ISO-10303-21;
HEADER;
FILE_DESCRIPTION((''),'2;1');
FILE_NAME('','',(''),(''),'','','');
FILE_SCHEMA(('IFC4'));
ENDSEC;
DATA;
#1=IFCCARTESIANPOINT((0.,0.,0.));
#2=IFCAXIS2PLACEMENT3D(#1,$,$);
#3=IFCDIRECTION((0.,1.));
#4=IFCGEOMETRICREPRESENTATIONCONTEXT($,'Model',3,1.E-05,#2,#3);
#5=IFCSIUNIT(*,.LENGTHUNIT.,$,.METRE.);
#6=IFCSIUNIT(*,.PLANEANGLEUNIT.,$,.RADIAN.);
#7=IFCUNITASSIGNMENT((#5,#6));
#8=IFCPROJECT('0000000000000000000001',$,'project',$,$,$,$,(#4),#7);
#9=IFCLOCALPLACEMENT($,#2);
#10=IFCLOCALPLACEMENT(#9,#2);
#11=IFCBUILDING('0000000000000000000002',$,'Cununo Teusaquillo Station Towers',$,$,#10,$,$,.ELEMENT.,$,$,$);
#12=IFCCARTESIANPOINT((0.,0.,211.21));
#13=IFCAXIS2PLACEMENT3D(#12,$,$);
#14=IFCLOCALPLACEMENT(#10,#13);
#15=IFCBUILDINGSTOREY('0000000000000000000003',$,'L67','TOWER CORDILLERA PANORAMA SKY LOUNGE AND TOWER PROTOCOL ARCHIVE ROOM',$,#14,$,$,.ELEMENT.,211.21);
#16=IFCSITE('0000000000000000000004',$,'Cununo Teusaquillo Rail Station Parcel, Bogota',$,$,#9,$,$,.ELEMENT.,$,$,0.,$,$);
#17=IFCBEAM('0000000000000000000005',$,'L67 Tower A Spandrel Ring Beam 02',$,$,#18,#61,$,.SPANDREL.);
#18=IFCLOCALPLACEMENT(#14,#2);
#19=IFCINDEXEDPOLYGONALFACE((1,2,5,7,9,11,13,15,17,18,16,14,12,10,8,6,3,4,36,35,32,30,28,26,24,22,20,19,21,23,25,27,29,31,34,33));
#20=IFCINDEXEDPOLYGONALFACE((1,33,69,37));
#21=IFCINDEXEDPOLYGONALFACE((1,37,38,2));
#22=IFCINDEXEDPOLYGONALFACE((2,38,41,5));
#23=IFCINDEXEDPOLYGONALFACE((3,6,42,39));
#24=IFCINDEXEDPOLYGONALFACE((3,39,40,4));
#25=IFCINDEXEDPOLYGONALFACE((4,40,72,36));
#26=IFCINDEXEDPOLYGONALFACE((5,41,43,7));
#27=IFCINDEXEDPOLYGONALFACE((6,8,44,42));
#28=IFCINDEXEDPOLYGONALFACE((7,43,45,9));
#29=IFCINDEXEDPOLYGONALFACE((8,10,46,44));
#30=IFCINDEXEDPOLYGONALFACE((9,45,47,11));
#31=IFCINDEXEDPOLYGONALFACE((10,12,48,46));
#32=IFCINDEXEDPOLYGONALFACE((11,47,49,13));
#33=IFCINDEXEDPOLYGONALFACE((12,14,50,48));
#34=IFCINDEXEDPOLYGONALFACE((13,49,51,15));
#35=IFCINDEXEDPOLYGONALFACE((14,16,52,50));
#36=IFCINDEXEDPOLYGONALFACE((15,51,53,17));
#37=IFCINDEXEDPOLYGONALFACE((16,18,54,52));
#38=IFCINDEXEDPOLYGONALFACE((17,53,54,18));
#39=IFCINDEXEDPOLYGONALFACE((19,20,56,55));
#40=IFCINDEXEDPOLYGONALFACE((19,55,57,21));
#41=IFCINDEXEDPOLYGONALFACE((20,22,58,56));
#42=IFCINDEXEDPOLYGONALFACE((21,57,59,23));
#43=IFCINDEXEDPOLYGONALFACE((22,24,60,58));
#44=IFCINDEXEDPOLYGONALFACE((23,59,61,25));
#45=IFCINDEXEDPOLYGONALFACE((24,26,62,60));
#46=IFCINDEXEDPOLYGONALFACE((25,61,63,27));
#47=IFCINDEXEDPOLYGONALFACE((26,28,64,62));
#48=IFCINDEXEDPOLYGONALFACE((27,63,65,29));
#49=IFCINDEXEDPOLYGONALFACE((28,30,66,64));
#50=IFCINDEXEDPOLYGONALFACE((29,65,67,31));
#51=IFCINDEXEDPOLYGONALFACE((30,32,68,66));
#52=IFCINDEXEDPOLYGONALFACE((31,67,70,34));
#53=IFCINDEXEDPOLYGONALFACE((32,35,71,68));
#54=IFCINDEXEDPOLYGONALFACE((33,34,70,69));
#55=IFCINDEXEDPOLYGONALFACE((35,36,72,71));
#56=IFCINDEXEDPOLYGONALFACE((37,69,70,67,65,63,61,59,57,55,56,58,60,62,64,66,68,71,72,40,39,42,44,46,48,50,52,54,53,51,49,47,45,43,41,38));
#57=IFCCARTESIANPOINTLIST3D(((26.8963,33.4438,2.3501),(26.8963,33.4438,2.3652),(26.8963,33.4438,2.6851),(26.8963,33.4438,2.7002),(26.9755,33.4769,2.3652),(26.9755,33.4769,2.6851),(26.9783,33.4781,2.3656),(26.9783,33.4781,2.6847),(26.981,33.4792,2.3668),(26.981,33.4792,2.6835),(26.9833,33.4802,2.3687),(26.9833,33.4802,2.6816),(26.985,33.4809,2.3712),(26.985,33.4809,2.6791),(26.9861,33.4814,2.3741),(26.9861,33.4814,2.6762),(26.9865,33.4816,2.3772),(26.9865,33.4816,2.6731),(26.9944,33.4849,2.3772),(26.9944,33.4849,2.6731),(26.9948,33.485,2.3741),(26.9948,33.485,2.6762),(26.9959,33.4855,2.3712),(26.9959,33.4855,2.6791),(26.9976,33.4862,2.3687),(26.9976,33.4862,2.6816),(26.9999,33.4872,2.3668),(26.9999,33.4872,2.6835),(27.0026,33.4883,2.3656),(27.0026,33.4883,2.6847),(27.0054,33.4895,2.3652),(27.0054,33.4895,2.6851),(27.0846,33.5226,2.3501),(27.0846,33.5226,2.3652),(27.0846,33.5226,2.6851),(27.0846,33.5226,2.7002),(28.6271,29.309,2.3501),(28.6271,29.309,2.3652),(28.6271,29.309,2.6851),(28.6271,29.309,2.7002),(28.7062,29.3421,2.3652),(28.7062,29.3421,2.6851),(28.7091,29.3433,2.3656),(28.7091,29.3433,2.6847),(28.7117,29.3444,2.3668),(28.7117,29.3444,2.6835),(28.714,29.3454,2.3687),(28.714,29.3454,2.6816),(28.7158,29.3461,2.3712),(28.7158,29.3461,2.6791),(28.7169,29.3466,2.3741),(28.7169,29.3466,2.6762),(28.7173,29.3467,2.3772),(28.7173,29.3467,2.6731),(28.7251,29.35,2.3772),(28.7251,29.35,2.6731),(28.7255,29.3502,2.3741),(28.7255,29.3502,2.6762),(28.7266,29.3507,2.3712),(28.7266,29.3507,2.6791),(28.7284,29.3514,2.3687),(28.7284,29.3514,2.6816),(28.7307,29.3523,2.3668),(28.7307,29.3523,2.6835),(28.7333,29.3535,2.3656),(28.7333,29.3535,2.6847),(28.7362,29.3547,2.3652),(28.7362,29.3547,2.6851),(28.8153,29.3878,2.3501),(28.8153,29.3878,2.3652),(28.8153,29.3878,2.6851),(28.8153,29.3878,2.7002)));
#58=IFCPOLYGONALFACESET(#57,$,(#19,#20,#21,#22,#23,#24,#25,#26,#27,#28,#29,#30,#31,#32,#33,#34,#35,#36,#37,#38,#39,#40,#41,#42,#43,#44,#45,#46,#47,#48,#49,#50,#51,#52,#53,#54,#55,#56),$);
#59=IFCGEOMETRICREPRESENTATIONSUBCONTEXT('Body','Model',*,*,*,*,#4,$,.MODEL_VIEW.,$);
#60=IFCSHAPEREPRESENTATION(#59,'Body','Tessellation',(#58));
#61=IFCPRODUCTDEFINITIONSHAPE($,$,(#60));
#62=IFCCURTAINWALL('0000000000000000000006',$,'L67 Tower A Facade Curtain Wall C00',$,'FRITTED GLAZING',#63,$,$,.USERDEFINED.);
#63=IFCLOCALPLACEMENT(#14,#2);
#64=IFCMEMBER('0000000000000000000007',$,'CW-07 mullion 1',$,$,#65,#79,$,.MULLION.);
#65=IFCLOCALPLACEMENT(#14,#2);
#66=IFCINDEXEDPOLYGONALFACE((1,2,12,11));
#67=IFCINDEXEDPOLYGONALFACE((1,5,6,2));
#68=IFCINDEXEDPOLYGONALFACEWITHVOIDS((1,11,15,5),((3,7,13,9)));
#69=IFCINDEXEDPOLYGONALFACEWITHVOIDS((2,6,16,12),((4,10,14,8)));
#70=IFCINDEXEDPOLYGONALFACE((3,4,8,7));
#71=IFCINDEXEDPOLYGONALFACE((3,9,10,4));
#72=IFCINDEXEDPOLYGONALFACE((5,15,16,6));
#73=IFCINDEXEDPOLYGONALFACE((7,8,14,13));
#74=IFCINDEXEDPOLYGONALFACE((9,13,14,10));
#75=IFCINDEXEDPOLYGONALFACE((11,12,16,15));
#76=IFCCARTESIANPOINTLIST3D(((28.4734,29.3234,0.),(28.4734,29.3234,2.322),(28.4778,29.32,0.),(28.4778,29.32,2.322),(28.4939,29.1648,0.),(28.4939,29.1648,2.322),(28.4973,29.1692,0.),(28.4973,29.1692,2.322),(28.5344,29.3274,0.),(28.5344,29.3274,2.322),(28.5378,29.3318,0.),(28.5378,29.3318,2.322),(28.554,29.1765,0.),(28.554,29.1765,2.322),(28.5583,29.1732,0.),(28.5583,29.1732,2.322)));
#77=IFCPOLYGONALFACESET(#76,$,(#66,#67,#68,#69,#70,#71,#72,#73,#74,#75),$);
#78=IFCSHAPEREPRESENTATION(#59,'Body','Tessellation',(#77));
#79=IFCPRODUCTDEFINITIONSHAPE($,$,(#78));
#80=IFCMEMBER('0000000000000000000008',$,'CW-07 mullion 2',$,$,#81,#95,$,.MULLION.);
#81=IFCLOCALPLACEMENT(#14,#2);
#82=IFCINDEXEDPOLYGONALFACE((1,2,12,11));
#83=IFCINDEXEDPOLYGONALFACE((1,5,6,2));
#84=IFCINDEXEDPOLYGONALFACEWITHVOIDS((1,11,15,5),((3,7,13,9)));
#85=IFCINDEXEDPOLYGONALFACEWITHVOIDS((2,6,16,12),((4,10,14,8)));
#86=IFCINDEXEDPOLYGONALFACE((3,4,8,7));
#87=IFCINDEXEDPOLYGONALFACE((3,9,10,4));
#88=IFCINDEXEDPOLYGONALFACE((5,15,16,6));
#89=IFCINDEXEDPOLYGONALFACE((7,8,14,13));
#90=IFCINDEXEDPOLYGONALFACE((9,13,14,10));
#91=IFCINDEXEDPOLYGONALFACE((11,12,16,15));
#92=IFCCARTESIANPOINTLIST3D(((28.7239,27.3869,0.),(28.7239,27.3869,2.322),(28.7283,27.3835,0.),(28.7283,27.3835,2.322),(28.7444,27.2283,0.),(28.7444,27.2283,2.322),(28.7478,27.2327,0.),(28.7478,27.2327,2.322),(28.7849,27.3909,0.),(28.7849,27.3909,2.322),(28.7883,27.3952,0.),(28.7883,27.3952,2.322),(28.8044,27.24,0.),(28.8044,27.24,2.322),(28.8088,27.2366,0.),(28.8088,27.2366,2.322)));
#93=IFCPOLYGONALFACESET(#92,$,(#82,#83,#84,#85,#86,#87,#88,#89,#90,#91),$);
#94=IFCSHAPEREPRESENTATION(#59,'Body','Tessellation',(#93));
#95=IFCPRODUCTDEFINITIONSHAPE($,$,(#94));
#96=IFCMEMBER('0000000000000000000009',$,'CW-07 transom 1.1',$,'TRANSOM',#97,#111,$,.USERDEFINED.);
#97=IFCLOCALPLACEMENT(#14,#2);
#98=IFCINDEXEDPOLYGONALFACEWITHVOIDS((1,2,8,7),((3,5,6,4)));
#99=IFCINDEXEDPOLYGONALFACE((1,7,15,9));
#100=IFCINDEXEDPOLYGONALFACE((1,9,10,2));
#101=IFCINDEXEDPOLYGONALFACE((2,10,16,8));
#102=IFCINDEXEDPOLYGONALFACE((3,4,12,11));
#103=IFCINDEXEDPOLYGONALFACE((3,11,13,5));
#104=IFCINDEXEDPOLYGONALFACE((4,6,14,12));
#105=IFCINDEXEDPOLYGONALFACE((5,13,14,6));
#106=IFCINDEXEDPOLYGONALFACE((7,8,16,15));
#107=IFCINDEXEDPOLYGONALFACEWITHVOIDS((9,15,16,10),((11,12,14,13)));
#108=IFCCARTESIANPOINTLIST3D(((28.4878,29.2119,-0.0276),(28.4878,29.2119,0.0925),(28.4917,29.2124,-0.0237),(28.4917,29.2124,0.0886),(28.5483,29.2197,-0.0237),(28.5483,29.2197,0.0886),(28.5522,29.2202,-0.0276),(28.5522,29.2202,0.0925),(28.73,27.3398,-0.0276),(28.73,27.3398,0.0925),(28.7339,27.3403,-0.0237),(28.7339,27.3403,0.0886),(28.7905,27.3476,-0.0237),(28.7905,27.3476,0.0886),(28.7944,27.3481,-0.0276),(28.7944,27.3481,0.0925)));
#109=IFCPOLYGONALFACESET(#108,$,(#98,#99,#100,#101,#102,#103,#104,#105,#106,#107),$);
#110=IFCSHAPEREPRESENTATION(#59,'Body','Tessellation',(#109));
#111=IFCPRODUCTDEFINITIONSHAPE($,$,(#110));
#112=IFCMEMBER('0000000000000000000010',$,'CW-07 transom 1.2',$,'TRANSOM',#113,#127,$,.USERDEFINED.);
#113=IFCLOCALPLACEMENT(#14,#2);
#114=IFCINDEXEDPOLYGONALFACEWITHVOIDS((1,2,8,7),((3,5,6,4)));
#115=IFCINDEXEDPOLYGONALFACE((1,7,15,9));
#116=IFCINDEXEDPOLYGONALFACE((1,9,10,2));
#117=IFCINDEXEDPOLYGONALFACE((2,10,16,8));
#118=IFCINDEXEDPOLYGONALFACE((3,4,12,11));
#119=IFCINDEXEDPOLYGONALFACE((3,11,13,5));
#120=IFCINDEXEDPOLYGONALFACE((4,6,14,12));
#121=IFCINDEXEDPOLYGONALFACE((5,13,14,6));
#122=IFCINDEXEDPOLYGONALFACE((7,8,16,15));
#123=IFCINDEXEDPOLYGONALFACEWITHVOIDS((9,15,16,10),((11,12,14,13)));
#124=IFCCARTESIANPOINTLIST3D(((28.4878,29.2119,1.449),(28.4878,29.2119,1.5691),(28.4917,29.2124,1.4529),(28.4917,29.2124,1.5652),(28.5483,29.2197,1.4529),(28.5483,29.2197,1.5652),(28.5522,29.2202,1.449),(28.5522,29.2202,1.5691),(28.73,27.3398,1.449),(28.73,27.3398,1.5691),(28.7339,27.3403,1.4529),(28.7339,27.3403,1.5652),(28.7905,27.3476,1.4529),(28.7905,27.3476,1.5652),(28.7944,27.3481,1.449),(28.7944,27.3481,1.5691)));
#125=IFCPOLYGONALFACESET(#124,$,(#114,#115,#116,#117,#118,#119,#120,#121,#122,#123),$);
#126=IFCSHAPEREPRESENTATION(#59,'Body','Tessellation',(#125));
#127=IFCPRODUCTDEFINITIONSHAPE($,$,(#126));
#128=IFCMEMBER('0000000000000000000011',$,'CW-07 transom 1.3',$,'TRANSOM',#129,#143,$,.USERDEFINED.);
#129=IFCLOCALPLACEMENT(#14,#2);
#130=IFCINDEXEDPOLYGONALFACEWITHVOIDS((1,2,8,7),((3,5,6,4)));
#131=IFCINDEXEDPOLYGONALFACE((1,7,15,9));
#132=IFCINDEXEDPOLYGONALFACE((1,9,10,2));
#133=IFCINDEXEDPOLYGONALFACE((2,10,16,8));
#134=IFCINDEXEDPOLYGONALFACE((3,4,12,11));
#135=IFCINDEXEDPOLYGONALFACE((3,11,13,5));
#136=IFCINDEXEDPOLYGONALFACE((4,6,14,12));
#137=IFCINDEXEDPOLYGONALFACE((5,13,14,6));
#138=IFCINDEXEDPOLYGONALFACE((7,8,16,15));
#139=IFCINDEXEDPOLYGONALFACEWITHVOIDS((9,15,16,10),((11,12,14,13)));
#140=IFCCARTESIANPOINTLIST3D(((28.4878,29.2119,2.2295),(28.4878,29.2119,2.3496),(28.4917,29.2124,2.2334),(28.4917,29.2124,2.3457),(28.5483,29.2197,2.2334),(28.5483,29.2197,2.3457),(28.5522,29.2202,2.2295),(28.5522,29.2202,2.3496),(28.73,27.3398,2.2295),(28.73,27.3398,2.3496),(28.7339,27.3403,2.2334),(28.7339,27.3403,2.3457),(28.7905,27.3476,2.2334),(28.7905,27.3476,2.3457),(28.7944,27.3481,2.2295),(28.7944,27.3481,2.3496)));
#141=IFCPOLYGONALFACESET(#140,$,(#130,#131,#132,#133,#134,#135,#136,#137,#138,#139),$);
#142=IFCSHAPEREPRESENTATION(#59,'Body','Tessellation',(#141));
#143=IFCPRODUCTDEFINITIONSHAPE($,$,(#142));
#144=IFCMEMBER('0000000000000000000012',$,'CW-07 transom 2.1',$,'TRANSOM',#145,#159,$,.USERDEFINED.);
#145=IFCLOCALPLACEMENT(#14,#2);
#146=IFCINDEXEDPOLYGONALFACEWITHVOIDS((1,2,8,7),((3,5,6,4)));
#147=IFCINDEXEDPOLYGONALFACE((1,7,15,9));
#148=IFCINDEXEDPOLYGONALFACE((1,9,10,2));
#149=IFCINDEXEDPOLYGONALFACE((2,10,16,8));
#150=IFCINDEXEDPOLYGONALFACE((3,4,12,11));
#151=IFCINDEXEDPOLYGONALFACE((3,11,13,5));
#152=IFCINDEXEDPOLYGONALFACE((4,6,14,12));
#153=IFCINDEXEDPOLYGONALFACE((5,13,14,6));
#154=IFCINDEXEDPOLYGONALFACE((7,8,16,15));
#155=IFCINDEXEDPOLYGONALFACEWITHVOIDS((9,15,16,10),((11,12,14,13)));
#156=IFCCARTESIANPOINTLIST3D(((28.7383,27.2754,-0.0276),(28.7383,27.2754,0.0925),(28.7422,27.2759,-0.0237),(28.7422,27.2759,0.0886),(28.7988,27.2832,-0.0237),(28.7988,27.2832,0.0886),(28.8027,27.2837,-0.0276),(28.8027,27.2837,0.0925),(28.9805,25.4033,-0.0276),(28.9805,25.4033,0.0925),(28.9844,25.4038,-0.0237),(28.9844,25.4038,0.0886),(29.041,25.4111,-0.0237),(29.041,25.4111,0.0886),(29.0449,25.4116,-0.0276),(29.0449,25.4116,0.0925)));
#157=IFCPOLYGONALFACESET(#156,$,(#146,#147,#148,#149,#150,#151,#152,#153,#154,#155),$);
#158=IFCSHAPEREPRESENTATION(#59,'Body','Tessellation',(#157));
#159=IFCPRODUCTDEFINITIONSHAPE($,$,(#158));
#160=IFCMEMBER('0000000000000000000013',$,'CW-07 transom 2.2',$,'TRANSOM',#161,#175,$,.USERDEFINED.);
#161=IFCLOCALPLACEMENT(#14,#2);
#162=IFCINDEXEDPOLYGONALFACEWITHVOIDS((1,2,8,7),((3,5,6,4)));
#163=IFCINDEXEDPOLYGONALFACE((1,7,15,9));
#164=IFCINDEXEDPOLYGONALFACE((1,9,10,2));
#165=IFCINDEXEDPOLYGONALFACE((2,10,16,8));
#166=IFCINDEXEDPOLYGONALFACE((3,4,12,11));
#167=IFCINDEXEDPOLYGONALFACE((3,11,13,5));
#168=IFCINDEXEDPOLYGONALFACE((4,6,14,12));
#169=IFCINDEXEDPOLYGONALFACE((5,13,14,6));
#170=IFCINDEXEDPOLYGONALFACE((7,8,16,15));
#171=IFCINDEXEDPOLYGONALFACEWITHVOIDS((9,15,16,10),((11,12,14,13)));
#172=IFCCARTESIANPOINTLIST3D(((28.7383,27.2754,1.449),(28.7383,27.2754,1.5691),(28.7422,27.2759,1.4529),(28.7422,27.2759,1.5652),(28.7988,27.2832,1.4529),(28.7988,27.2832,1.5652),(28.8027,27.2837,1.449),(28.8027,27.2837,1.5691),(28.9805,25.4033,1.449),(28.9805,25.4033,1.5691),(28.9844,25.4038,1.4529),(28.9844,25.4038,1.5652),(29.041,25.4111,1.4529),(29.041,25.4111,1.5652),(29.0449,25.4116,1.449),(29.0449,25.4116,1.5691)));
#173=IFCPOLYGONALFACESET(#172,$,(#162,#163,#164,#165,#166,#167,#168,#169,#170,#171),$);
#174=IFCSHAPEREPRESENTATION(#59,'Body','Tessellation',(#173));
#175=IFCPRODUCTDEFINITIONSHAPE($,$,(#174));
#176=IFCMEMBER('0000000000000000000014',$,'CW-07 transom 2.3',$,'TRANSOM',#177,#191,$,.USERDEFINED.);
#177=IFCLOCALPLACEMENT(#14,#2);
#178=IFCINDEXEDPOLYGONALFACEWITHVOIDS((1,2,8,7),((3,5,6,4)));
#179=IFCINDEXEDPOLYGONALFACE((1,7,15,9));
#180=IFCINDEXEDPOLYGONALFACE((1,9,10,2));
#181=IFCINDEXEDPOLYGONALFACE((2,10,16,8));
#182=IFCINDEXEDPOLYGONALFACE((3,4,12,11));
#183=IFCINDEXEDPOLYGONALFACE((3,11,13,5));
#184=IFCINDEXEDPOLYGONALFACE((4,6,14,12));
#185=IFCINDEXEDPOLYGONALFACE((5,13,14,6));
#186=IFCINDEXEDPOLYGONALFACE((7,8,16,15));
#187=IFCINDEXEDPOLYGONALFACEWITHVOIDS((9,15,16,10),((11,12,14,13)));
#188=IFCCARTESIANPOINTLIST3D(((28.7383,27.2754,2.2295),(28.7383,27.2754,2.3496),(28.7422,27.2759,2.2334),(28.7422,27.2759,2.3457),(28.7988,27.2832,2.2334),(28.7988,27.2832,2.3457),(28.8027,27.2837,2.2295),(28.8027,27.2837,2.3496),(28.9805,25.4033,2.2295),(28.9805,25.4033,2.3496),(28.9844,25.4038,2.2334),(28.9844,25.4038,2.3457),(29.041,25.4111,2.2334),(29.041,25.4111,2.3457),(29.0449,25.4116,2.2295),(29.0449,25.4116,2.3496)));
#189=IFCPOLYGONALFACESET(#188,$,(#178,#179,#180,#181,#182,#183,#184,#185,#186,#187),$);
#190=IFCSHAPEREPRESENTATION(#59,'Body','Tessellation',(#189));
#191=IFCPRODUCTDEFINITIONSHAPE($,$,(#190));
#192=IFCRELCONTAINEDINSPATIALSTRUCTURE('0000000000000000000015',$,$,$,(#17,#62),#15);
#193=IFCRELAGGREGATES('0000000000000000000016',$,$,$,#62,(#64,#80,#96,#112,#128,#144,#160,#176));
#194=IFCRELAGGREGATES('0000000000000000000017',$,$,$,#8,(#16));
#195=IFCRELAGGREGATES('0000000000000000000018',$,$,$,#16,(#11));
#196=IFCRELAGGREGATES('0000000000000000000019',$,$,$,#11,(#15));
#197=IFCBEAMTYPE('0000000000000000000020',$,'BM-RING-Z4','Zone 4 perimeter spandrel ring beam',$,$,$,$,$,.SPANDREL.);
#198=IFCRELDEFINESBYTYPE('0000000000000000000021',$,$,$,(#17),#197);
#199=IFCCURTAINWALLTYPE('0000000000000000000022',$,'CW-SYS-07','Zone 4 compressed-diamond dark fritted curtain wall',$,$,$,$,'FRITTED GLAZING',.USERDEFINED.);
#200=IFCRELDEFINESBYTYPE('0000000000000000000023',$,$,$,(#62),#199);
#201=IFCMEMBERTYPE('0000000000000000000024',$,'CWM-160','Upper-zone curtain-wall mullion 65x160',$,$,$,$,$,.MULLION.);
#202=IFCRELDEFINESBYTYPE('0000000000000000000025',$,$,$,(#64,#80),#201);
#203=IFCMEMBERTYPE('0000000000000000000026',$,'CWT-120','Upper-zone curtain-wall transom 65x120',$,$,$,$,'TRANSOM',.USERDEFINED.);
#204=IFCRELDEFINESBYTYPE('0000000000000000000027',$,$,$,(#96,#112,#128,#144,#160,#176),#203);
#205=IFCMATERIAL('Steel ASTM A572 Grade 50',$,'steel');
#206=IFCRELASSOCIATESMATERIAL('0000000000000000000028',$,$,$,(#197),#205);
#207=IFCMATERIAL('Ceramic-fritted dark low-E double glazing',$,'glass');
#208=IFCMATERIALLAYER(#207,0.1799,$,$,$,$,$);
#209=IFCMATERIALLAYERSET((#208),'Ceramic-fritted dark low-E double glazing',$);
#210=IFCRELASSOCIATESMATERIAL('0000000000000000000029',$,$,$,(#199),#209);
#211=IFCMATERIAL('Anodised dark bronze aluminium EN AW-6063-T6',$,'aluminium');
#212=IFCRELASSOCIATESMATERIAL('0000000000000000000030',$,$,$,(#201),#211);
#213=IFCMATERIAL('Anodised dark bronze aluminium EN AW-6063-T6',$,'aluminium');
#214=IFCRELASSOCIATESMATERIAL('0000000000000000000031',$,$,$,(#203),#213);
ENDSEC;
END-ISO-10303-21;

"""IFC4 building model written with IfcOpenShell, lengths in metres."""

from ifc_helpers import new_model, si_unit, direction, frame, origin, origin_2d, place, context, subcontext, project, spatial, hollow_rectangle, i_section, extrude, material, layer, layer_set, material_profile, profile_set, type_object, element, aggregate, save


model = new_model("IFC4")

# Units and contexts
model_context = context("Model", 3, precision=1e-05, world=origin(), true_north=direction((0.0, 1.0)))
body_context = subcontext(model_context, "Body", "Model", "MODEL_VIEW")
ifc_project = project(units=[si_unit("LENGTHUNIT", "METRE"), si_unit("PLANEANGLEUNIT", "RADIAN")], contexts=[model_context])

# Site, building, storey
site_placement = place(None, origin())
site = spatial("IfcSite", under=ifc_project, at=site_placement, Name="Cununo Teusaquillo Rail Station Parcel, Bogota", CompositionType="ELEMENT", RefElevation=0.0)
building_placement = place(site_placement, origin())
building = spatial("IfcBuilding", under=site, at=building_placement, Name="Cununo Teusaquillo Station Towers", CompositionType="ELEMENT")
storey_placement = place(building_placement, frame((0.0, 0.0, 211.21)))
storey = spatial("IfcBuildingStorey", under=building, at=storey_placement, Name="L67", Description="TOWER CORDILLERA PANORAMA SKY LOUNGE AND TOWER PROTOCOL ARCHIVE ROOM", CompositionType="ELEMENT", Elevation=211.21)

# Beam
ifc_material_1 = material(Name="Steel ASTM A572 Grade 50", Category="steel")
ifc_material_profile_1 = material_profile(ifc_material_1, i_section(OverallWidth=0.2041, OverallDepth=0.3501, WebThickness=0.0085, FlangeThickness=0.0151, FilletRadius=0.012, at=origin_2d()), Name="W14X48")
ifc_profile_set_1 = profile_set([ifc_material_profile_1], Name="Steel ASTM A572 Grade 50")
beam_type_1 = type_object("IfcBeamType", Name="BM-RING-Z4", Description="Zone 4 perimeter spandrel ring beam", PredefinedType="SPANDREL", material=ifc_profile_set_1)
beam_1_placement = place(storey_placement, frame((28.7212, 29.3484, 2.5251), z_axis=(-0.386115, 0.92245, 0.0), x_axis=(-0.92245, -0.386115, 0.0)))
element("IfcBeam", 1, at=beam_1_placement, inside=storey, type_object=beam_type_1, Name="L67 Tower A Spandrel Ring Beam 02", PredefinedType="SPANDREL", context=body_context, shape_type="SweptSolid", body=[
    extrude(i_section(OverallWidth=0.2041, OverallDepth=0.3501, WebThickness=0.0085, FlangeThickness=0.0151, FilletRadius=0.012, at=origin_2d()), origin(), (0.0, 0.0, 1.0), 4.4824),
])

# Curtain wall, members
ifc_material_2 = material(Name="Ceramic-fritted dark low-E double glazing", Category="glass")
ifc_layer_1 = layer(ifc_material_2, 0.1799)
ifc_layer_set_1 = layer_set([ifc_layer_1], Name="Ceramic-fritted dark low-E double glazing")
curtain_wall_type = type_object("IfcCurtainWallType", Name="CW-SYS-07", Description="Zone 4 compressed-diamond dark fritted curtain wall", ElementType="FRITTED GLAZING", PredefinedType="USERDEFINED", material=ifc_layer_set_1)
curtain_wall_placement = place(storey_placement, origin())
curtain_wall = element("IfcCurtainWall", 2, at=curtain_wall_placement, inside=storey, type_object=curtain_wall_type, Name="L67 Tower A Facade Curtain Wall C00", ObjectType="FRITTED GLAZING", PredefinedType="USERDEFINED")
ifc_material_3 = material(Name="Anodised dark bronze aluminium EN AW-6063-T6", Category="aluminium")
ifc_material_profile_2 = material_profile(ifc_material_3, hollow_rectangle(XDim=0.0649, YDim=0.1599, WallThickness=0.0039, at=origin_2d()), Name="CW-MULL-65x160")
ifc_profile_set_2 = profile_set([ifc_material_profile_2], Name="Anodised dark bronze aluminium EN AW-6063-T6")
member_type_1 = type_object("IfcMemberType", Name="CWM-160", Description="Upper-zone curtain-wall mullion 65x160", PredefinedType="MULLION", material=ifc_profile_set_2)
member_1_placement = place(storey_placement, frame((28.5159, 29.2483, 0.0), z_axis=(0.0, 0.0, 1.0), x_axis=(0.991742, 0.128253, 0.0)))
member_1 = element("IfcMember", 3, at=member_1_placement, type_object=member_type_1, Name="CW-07 mullion 1", PredefinedType="MULLION", context=body_context, shape_type="SweptSolid", body=[
    extrude(hollow_rectangle(XDim=0.0649, YDim=0.1599, WallThickness=0.0039, at=origin_2d()), origin(), (0.0, 0.0, 1.0), 2.322),
])
member_2_placement = place(storey_placement, frame((28.7664, 27.3118, 0.0), z_axis=(0.0, 0.0, 1.0), x_axis=(0.991742, 0.128253, 0.0)))
member_2 = element("IfcMember", 4, at=member_2_placement, type_object=member_type_1, Name="CW-07 mullion 2", PredefinedType="MULLION", context=body_context, shape_type="SweptSolid", body=[
    extrude(hollow_rectangle(XDim=0.0649, YDim=0.1599, WallThickness=0.0039, at=origin_2d()), origin(), (0.0, 0.0, 1.0), 2.322),
])
ifc_material_4 = material(Name="Anodised dark bronze aluminium EN AW-6063-T6", Category="aluminium")
ifc_material_profile_3 = material_profile(ifc_material_4, hollow_rectangle(XDim=0.0649, YDim=0.1201, WallThickness=0.0039, at=origin_2d()), Name="CW-TRAN-65x120")
ifc_profile_set_3 = profile_set([ifc_material_profile_3], Name="Anodised dark bronze aluminium EN AW-6063-T6")
member_type_2 = type_object("IfcMemberType", Name="CWT-120", Description="Upper-zone curtain-wall transom 65x120", ElementType="TRANSOM", PredefinedType="USERDEFINED", material=ifc_profile_set_3)
member_3_placement = place(storey_placement, frame((28.52, 29.2161, 0.0325), z_axis=(0.1283, -0.991735, 0.0), x_axis=(0.991735, 0.1283, 0.0)))
member_3 = element("IfcMember", 5, at=member_3_placement, type_object=member_type_2, Name="CW-07 transom 1.1", ObjectType="TRANSOM", PredefinedType="USERDEFINED", context=body_context, shape_type="SweptSolid", body=[
    extrude(hollow_rectangle(XDim=0.0649, YDim=0.1201, WallThickness=0.0039, at=origin_2d()), origin(), (0.0, 0.0, 1.0), 1.8877),
])
member_4_placement = place(storey_placement, frame((28.52, 29.2161, 1.509), z_axis=(0.1283, -0.991735, 0.0), x_axis=(0.991735, 0.1283, 0.0)))
member_4 = element("IfcMember", 6, at=member_4_placement, type_object=member_type_2, Name="CW-07 transom 1.2", ObjectType="TRANSOM", PredefinedType="USERDEFINED", context=body_context, shape_type="SweptSolid", body=[
    extrude(hollow_rectangle(XDim=0.0649, YDim=0.1201, WallThickness=0.0039, at=origin_2d()), origin(), (0.0, 0.0, 1.0), 1.8877),
])
member_5_placement = place(storey_placement, frame((28.52, 29.2161, 2.2896), z_axis=(0.1283, -0.991735, 0.0), x_axis=(0.991735, 0.1283, 0.0)))
member_5 = element("IfcMember", 7, at=member_5_placement, type_object=member_type_2, Name="CW-07 transom 1.3", ObjectType="TRANSOM", PredefinedType="USERDEFINED", context=body_context, shape_type="SweptSolid", body=[
    extrude(hollow_rectangle(XDim=0.0649, YDim=0.1201, WallThickness=0.0039, at=origin_2d()), origin(), (0.0, 0.0, 1.0), 1.8877),
])
member_6_placement = place(storey_placement, frame((28.7705, 27.2795, 0.0325), z_axis=(0.1283, -0.991735, 0.0), x_axis=(0.991735, 0.1283, 0.0)))
member_6 = element("IfcMember", 8, at=member_6_placement, type_object=member_type_2, Name="CW-07 transom 2.1", ObjectType="TRANSOM", PredefinedType="USERDEFINED", context=body_context, shape_type="SweptSolid", body=[
    extrude(hollow_rectangle(XDim=0.0649, YDim=0.1201, WallThickness=0.0039, at=origin_2d()), origin(), (0.0, 0.0, 1.0), 1.8877),
])
member_7_placement = place(storey_placement, frame((28.7705, 27.2795, 1.509), z_axis=(0.1283, -0.991735, 0.0), x_axis=(0.991735, 0.1283, 0.0)))
member_7 = element("IfcMember", 9, at=member_7_placement, type_object=member_type_2, Name="CW-07 transom 2.2", ObjectType="TRANSOM", PredefinedType="USERDEFINED", context=body_context, shape_type="SweptSolid", body=[
    extrude(hollow_rectangle(XDim=0.0649, YDim=0.1201, WallThickness=0.0039, at=origin_2d()), origin(), (0.0, 0.0, 1.0), 1.8877),
])
member_8_placement = place(storey_placement, frame((28.7705, 27.2795, 2.2896), z_axis=(0.1283, -0.991735, 0.0), x_axis=(0.991735, 0.1283, 0.0)))
member_8 = element("IfcMember", 10, at=member_8_placement, type_object=member_type_2, Name="CW-07 transom 2.3", ObjectType="TRANSOM", PredefinedType="USERDEFINED", context=body_context, shape_type="SweptSolid", body=[
    extrude(hollow_rectangle(XDim=0.0649, YDim=0.1201, WallThickness=0.0039, at=origin_2d()), origin(), (0.0, 0.0, 1.0), 1.8877),
])
aggregate(curtain_wall, [member_1, member_2, member_3, member_4, member_5, member_6, member_7, member_8])

save(model, "model.ifc")
